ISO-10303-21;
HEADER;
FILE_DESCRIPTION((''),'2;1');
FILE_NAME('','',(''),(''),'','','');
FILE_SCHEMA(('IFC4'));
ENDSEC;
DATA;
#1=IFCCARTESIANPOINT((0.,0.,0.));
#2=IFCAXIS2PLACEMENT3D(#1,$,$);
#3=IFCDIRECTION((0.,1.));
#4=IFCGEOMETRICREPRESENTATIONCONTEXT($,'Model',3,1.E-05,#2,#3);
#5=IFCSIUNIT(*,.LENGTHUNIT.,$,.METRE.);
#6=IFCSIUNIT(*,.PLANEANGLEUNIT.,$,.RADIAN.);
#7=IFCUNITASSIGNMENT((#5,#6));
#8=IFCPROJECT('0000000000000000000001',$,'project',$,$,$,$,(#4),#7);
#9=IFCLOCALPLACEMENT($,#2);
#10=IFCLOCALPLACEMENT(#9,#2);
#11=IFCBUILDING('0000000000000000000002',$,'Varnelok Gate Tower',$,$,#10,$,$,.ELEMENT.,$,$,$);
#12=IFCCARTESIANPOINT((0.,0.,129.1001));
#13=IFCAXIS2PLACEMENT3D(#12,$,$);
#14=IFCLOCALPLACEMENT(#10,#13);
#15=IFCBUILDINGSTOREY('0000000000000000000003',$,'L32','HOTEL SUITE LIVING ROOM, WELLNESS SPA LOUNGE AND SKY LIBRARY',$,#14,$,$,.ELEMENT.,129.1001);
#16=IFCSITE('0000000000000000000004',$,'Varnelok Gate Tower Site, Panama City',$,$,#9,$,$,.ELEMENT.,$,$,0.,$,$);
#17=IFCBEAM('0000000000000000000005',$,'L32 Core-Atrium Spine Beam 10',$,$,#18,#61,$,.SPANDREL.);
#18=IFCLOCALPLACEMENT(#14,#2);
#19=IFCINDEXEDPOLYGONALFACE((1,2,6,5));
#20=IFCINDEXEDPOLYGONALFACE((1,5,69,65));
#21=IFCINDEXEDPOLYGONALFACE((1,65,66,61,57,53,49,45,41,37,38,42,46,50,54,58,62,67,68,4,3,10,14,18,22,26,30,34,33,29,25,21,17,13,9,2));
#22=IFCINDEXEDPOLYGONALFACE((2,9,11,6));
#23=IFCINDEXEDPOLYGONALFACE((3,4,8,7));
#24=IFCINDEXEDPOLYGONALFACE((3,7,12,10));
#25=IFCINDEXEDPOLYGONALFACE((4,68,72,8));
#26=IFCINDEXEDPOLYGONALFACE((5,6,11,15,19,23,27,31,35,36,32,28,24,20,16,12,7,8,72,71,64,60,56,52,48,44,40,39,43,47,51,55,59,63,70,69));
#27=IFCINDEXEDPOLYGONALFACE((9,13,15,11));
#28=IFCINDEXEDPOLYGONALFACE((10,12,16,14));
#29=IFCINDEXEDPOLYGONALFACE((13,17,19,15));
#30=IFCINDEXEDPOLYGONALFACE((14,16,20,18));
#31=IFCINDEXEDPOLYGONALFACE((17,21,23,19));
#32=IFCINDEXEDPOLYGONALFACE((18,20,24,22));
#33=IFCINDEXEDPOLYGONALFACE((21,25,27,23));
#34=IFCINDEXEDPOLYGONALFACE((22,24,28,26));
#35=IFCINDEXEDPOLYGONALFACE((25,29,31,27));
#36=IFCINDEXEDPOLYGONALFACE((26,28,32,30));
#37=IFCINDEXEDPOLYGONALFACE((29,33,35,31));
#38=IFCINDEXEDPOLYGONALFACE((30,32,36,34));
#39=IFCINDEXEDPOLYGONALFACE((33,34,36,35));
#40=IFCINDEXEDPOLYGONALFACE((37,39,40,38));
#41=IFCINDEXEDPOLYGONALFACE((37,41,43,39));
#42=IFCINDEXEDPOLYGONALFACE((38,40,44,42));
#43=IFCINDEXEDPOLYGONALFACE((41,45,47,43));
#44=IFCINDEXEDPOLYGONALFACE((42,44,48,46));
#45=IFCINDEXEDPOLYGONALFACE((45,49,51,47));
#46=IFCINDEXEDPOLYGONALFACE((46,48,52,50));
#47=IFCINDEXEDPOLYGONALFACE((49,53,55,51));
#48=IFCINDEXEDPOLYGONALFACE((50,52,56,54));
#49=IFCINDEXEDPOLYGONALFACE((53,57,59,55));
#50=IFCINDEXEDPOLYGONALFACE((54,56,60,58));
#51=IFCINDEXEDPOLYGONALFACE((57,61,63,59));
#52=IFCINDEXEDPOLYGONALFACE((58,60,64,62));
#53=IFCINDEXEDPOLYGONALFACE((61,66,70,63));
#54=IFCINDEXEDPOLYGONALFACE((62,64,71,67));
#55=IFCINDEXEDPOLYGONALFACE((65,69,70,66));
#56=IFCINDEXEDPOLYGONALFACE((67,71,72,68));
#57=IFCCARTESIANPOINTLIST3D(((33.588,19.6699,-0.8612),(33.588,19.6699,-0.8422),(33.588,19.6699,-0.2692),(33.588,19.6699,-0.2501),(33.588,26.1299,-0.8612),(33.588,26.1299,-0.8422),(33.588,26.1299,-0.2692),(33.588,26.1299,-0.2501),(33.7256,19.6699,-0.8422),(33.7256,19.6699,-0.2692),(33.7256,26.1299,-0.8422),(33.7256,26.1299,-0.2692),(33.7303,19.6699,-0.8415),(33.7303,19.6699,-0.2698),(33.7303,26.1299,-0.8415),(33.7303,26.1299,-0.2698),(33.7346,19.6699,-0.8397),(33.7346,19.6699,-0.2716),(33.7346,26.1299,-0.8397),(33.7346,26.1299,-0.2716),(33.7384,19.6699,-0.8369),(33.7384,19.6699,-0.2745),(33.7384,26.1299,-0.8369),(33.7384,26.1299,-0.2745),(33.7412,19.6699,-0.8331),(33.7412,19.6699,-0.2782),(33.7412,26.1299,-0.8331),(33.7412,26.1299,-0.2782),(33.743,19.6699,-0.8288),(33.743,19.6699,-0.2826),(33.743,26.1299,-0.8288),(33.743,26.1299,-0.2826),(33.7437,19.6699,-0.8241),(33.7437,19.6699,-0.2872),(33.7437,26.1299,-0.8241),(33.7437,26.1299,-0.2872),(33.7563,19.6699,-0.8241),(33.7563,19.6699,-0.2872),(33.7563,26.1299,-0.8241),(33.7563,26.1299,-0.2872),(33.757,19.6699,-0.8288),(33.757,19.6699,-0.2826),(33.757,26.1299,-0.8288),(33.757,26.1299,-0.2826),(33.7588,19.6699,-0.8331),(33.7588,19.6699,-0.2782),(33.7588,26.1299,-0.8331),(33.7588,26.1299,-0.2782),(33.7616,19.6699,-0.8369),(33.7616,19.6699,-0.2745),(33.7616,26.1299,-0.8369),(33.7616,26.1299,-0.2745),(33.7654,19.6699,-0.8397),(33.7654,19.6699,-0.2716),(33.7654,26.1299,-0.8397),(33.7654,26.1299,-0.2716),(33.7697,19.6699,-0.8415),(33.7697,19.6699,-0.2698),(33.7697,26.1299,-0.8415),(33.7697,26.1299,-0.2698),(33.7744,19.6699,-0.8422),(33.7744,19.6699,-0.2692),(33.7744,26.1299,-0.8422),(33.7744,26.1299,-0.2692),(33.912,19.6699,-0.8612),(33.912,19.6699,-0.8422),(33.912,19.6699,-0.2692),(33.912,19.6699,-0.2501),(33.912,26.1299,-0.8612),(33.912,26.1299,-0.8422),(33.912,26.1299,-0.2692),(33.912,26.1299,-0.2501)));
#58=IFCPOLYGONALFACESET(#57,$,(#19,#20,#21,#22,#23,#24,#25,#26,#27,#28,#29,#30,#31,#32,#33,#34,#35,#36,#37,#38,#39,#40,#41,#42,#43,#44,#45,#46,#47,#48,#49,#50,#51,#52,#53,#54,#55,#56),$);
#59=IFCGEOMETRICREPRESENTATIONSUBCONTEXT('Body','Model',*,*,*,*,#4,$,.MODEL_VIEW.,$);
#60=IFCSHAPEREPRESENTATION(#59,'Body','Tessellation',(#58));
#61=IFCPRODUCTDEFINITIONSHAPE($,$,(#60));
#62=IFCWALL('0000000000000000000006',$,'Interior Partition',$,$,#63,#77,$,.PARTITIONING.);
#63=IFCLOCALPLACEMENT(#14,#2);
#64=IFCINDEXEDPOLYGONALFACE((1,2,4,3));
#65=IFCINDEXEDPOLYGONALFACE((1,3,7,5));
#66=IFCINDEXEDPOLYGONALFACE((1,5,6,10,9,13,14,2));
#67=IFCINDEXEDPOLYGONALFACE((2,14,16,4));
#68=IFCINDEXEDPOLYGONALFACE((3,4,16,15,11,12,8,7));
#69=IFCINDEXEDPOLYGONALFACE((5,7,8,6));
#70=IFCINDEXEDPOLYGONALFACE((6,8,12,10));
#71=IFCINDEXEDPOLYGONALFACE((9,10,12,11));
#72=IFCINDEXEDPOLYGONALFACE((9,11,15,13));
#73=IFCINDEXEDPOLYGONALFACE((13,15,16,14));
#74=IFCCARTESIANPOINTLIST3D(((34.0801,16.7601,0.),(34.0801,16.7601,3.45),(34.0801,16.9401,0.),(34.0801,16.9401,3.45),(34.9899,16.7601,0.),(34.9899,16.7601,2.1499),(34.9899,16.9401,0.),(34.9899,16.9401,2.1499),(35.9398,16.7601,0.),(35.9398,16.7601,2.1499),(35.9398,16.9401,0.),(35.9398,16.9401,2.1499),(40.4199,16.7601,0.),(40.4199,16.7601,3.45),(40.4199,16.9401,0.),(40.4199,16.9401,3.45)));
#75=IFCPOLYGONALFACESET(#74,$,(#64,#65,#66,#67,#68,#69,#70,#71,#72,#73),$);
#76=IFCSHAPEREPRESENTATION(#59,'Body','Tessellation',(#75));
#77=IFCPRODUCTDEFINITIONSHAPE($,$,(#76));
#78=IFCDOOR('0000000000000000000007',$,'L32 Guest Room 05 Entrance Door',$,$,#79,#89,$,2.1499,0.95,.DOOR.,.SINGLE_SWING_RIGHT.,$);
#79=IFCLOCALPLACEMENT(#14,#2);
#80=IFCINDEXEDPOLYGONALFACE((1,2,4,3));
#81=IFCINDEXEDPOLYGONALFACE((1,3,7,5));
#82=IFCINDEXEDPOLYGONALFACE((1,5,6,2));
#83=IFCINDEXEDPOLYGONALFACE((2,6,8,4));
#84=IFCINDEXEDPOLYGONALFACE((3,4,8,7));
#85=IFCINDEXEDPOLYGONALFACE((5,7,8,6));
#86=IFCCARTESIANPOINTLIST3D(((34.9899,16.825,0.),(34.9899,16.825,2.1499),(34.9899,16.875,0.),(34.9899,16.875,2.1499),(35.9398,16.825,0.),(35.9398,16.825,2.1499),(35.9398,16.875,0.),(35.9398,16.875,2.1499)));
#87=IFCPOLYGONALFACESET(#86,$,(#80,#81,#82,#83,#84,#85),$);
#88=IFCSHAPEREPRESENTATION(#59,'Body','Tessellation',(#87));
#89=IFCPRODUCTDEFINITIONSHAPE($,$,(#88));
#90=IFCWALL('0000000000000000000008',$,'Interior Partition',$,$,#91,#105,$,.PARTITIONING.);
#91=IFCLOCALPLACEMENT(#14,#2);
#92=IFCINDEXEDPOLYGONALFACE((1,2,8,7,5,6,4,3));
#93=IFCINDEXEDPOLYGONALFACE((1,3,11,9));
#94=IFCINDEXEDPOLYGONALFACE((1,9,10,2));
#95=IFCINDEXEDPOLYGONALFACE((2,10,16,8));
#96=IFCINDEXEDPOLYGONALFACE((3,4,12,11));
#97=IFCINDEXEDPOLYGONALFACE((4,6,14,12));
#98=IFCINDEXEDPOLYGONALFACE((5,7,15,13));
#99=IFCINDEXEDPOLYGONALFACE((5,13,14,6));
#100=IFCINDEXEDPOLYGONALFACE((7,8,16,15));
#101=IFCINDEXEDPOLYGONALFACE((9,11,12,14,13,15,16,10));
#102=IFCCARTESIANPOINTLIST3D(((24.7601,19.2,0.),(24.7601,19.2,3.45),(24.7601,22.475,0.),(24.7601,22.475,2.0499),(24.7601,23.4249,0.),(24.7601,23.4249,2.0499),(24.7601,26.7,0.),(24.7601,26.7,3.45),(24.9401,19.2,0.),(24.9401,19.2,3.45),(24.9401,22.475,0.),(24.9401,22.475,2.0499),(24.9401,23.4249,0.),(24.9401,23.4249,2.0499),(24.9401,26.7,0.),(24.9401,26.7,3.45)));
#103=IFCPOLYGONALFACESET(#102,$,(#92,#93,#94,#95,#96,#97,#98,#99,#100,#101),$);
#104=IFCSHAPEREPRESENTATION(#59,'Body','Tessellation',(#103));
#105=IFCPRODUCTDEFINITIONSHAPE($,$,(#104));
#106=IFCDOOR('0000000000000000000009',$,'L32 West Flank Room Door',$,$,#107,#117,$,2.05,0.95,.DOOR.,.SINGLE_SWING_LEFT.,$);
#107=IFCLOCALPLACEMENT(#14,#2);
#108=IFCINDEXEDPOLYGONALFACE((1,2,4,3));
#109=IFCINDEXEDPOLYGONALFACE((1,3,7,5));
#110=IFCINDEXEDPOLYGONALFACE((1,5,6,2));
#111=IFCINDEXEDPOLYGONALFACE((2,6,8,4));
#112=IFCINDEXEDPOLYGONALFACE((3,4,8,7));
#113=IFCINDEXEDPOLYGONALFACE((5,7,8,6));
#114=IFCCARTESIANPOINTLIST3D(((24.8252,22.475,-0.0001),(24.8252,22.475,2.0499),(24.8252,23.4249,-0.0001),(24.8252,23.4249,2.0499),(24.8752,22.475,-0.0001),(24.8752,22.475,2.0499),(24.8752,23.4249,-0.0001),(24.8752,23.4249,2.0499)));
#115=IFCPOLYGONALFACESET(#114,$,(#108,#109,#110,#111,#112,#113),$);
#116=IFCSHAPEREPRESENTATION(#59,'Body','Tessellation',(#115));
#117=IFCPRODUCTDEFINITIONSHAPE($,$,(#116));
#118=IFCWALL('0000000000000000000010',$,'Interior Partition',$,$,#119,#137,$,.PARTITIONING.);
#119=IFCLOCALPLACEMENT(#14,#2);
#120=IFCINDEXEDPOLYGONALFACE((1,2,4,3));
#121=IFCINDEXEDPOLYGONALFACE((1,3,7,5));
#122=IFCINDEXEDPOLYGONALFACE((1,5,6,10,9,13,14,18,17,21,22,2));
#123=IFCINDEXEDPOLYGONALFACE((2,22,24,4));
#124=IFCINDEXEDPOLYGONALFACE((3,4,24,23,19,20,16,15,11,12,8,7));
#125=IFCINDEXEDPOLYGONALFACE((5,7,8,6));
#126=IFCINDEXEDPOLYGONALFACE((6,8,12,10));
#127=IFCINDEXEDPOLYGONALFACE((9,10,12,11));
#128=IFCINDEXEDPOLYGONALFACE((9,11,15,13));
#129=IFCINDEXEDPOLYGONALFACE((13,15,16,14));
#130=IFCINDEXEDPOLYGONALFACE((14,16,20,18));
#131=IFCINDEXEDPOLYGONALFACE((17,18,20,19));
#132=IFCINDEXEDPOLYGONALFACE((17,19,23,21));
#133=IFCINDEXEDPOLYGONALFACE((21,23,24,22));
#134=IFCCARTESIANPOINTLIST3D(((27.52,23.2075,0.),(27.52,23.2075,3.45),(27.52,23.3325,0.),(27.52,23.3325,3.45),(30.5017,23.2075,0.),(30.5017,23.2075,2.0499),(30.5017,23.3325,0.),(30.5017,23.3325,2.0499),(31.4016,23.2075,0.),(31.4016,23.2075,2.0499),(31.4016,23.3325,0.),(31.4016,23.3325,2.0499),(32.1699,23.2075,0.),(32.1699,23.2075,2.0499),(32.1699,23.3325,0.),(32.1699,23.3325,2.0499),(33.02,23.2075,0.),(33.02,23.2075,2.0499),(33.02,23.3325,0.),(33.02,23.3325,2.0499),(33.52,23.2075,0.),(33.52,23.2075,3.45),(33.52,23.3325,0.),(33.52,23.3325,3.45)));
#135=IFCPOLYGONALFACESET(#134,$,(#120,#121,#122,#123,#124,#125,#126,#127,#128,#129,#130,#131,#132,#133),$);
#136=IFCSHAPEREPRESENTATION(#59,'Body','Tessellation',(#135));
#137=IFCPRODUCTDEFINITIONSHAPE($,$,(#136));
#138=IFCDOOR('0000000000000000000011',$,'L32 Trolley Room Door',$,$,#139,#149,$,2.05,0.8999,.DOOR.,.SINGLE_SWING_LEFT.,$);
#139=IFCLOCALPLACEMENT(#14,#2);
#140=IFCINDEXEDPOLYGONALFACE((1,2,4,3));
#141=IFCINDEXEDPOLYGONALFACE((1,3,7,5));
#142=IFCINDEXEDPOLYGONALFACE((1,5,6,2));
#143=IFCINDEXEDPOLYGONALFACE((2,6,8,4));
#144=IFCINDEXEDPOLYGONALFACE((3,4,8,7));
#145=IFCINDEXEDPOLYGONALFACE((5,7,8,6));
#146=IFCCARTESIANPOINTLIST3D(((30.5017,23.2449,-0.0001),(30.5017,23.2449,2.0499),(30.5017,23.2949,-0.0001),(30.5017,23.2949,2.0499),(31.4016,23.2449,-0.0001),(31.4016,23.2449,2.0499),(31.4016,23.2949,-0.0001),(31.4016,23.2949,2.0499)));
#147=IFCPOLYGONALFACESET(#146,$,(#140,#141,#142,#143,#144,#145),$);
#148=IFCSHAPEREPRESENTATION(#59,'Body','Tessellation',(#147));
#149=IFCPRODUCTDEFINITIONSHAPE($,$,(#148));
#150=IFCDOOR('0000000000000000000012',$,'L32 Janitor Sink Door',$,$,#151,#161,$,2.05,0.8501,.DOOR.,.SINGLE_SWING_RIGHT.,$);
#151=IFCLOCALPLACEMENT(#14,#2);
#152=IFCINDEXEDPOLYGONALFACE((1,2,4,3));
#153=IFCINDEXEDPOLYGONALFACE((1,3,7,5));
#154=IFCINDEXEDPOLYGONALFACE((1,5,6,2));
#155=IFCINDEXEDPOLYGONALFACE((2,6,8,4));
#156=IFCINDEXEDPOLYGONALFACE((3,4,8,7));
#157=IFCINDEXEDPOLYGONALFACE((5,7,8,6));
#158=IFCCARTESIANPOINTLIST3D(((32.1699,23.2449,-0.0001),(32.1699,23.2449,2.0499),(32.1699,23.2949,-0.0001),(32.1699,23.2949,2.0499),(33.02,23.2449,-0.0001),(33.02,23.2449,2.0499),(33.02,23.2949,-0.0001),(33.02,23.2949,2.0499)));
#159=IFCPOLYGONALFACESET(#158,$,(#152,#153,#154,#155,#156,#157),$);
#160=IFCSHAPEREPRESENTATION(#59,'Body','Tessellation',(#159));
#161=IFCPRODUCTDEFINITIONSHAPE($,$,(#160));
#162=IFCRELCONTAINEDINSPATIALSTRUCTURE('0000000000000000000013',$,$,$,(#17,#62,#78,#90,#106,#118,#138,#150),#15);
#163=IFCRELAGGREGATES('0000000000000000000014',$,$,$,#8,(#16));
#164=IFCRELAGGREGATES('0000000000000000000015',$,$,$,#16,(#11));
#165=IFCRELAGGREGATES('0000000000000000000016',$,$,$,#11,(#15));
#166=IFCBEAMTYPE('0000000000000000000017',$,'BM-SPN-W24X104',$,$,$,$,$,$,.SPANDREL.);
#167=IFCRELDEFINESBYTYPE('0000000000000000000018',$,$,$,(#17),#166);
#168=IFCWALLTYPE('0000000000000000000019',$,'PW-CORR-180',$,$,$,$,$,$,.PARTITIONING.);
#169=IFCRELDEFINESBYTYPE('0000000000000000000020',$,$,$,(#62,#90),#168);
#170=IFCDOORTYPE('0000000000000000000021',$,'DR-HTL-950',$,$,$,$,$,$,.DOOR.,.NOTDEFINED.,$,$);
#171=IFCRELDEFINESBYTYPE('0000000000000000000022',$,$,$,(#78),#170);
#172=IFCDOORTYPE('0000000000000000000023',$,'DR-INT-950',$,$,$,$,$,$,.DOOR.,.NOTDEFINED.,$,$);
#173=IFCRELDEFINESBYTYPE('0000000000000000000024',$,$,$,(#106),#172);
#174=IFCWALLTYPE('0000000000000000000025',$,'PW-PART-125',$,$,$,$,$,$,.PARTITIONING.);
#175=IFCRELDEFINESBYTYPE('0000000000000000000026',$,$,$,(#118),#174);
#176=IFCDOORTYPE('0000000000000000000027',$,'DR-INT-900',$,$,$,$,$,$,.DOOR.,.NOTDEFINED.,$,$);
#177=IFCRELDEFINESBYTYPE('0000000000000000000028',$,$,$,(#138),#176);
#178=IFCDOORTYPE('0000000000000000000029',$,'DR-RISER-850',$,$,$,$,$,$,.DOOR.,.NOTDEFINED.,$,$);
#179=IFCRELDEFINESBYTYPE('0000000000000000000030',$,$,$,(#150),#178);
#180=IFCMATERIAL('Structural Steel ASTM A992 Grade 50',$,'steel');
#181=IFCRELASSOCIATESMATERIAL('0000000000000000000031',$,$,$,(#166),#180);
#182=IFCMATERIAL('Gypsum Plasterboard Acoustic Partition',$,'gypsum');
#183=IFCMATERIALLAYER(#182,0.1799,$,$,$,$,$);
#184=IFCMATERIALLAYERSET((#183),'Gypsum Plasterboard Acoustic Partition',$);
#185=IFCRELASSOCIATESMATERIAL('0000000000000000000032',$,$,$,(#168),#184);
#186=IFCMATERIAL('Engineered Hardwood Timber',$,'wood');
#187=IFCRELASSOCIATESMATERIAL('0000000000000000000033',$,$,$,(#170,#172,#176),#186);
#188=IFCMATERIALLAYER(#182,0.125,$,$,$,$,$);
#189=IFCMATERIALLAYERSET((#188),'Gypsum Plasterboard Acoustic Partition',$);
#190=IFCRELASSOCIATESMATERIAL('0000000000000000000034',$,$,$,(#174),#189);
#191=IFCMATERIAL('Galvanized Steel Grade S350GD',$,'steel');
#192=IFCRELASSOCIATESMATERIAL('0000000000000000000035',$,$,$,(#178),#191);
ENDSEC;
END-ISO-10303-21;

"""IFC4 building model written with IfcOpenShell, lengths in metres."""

from ifc_helpers import new_model, si_unit, direction, frame, frame_2d, origin, origin_2d, place, context, subcontext, project, spatial, rectangle, i_section, extrude, material, layer, layer_set, material_profile, profile_set, type_object, element, fill, save


model = new_model("IFC4")

# Units and contexts
model_context = context("Model", 3, precision=1e-05, world=origin(), true_north=direction((0.0, 1.0)))
body_context = subcontext(model_context, "Body", "Model", "MODEL_VIEW")
ifc_project = project(units=[si_unit("LENGTHUNIT", "METRE"), si_unit("PLANEANGLEUNIT", "RADIAN")], contexts=[model_context])

# Site, building, storey
site_placement = place(None, origin())
site = spatial("IfcSite", under=ifc_project, at=site_placement, Name="Varnelok Gate Tower Site, Panama City", CompositionType="ELEMENT", RefElevation=0.0)
building_placement = place(site_placement, origin())
building = spatial("IfcBuilding", under=site, at=building_placement, Name="Varnelok Gate Tower", CompositionType="ELEMENT")
storey_placement = place(building_placement, frame((0.0, 0.0, 129.1001)))
storey = spatial("IfcBuildingStorey", under=building, at=storey_placement, Name="L32", Description="HOTEL SUITE LIVING ROOM, WELLNESS SPA LOUNGE AND SKY LIBRARY", CompositionType="ELEMENT", Elevation=129.1001)

# Shared definitions
ifc_material_1 = material(Name="Structural Steel ASTM A992 Grade 50", Category="steel")

# Beam
ifc_material_profile_1 = material_profile(ifc_material_1, i_section(OverallWidth=0.324, OverallDepth=0.6111, WebThickness=0.0127, FlangeThickness=0.019, FilletRadius=0.0181, at=origin_2d()), Name="W24X104")
ifc_profile_set_1 = profile_set([ifc_material_profile_1], Name="Structural Steel ASTM A992 Grade 50")
beam_type_1 = type_object("IfcBeamType", Name="BM-SPN-W24X104", PredefinedType="SPANDREL", material=ifc_profile_set_1)
beam_1_placement = place(storey_placement, frame((33.75, 19.6699, -0.5557), z_axis=(0.0, 1.0, 0.0), x_axis=(-1.0, 0.0, 0.0)))
element("IfcBeam", 1, at=beam_1_placement, inside=storey, type_object=beam_type_1, Name="L32 Core-Atrium Spine Beam 10", PredefinedType="SPANDREL", context=body_context, shape_type="SweptSolid", body=[
    extrude(i_section(OverallWidth=0.324, OverallDepth=0.6111, WebThickness=0.0127, FlangeThickness=0.019, FilletRadius=0.0181, at=origin_2d()), origin(), (0.0, 0.0, 1.0), 6.46),
])

# Walls, openings, doors
ifc_material_2 = material(Name="Gypsum Plasterboard Acoustic Partition", Category="gypsum")
ifc_layer_1 = layer(ifc_material_2, 0.1799)
ifc_layer_set_1 = layer_set([ifc_layer_1], Name="Gypsum Plasterboard Acoustic Partition")
wall_type_1 = type_object("IfcWallType", Name="PW-CORR-180", PredefinedType="PARTITIONING", material=ifc_layer_set_1)
wall_1_placement = place(storey_placement, frame((34.0801, 16.8501, 0.0), z_axis=(0.0, 0.0, 1.0), x_axis=(1.0, 0.0, 0.0)))
wall_1 = element("IfcWall", 2, at=wall_1_placement, inside=storey, type_object=wall_type_1, Name="Interior Partition", PredefinedType="PARTITIONING", context=body_context, shape_type="SweptSolid", body=[
    extrude(rectangle(XDim=6.3398, YDim=0.1799, at=frame_2d((3.1699, 0.0))), origin(), (0.0, 0.0, 1.0), 3.45),
])
opening_1_placement = place(wall_1_placement, frame((0.9097, 0.0, 0.0)))
opening_1 = element("IfcOpeningElement", 3, at=opening_1_placement, cuts=wall_1, PredefinedType="OPENING", context=body_context, shape_type="SweptSolid", body=[
    extrude(rectangle(XDim=0.95, YDim=2.1499, at=frame_2d((0.4751, 1.075))), frame((0.0, 0.0999, 0.0), z_axis=(0.0, -1.0, 0.0), x_axis=(1.0, 0.0, 0.0)), (0.0, 0.0, 1.0), 0.2),
])
ifc_material_3 = material(Name="Engineered Hardwood Timber", Category="wood")
door_type_1 = type_object("IfcDoorType", Name="DR-HTL-950", OperationType="NOTDEFINED", PredefinedType="DOOR", material=ifc_material_3)
door_1_placement = place(opening_1_placement, origin())
door_1 = element("IfcDoor", 4, at=door_1_placement, inside=storey, type_object=door_type_1, Name="L32 Guest Room 05 Entrance Door", OperationType="SINGLE_SWING_RIGHT", OverallHeight=2.1499, OverallWidth=0.95, PredefinedType="DOOR", context=body_context, shape_type="SweptSolid", body=[
    extrude(rectangle(XDim=0.95, YDim=2.1499, at=frame_2d((0.4751, 1.075))), frame((0.0, 0.0249, 0.0), z_axis=(0.0, -1.0, 0.0), x_axis=(1.0, 0.0, 0.0)), (0.0, 0.0, 1.0), 0.05),
])
fill(opening_1, door_1)
wall_2_placement = place(storey_placement, frame((24.8501, 19.2, 0.0), z_axis=(0.0, 0.0, 1.0), x_axis=(0.0, 1.0, 0.0)))
wall_2 = element("IfcWall", 5, at=wall_2_placement, inside=storey, type_object=wall_type_1, Name="Interior Partition", PredefinedType="PARTITIONING", context=body_context, shape_type="SweptSolid", body=[
    extrude(rectangle(XDim=7.5, YDim=0.1799, at=frame_2d((3.75, 0.0))), origin(), (0.0, 0.0, 1.0), 3.45),
])
opening_2_placement = place(wall_2_placement, frame((3.2749, 0.0, 0.0)))
opening_2 = element("IfcOpeningElement", 6, at=opening_2_placement, cuts=wall_2, PredefinedType="OPENING", context=body_context, shape_type="SweptSolid", body=[
    extrude(rectangle(XDim=0.95, YDim=2.05, at=frame_2d((0.4751, 1.0249))), frame((0.0, 0.0999, 0.0), z_axis=(0.0, -1.0, 0.0), x_axis=(1.0, 0.0, 0.0)), (0.0, 0.0, 1.0), 0.2),
])
door_type_2 = type_object("IfcDoorType", Name="DR-INT-950", OperationType="NOTDEFINED", PredefinedType="DOOR", material=ifc_material_3)
door_2_placement = place(opening_2_placement, origin())
door_2 = element("IfcDoor", 7, at=door_2_placement, inside=storey, type_object=door_type_2, Name="L32 West Flank Room Door", OperationType="SINGLE_SWING_LEFT", OverallHeight=2.05, OverallWidth=0.95, PredefinedType="DOOR", context=body_context, shape_type="SweptSolid", body=[
    extrude(rectangle(XDim=0.95, YDim=2.05, at=frame_2d((0.4751, 1.0249))), frame((0.0, 0.0249, 0.0), z_axis=(0.0, -1.0, 0.0), x_axis=(1.0, 0.0, 0.0)), (0.0, 0.0, 1.0), 0.05),
])
fill(opening_2, door_2)

# Wall, openings, doors
ifc_layer_2 = layer(ifc_material_2, 0.125)
ifc_layer_set_2 = layer_set([ifc_layer_2], Name="Gypsum Plasterboard Acoustic Partition")
wall_type_2 = type_object("IfcWallType", Name="PW-PART-125", PredefinedType="PARTITIONING", material=ifc_layer_set_2)
wall_3_placement = place(storey_placement, frame((27.52, 23.27, 0.0), z_axis=(0.0, 0.0, 1.0), x_axis=(1.0, 0.0, 0.0)))
wall_3 = element("IfcWall", 8, at=wall_3_placement, inside=storey, type_object=wall_type_2, Name="Interior Partition", PredefinedType="PARTITIONING", context=body_context, shape_type="SweptSolid", body=[
    extrude(rectangle(XDim=6.0, YDim=0.125, at=frame_2d((3.0, 0.0))), origin(), (0.0, 0.0, 1.0), 3.45),
])
opening_3_placement = place(wall_3_placement, frame((2.9817, 0.0, 0.0)))
opening_3 = element("IfcOpeningElement", 9, at=opening_3_placement, cuts=wall_3, PredefinedType="OPENING", context=body_context, shape_type="SweptSolid", body=[
    extrude(rectangle(XDim=0.8999, YDim=2.05, at=frame_2d((0.45, 1.0249))), frame((0.0, 0.0725, 0.0), z_axis=(0.0, -1.0, 0.0), x_axis=(1.0, 0.0, 0.0)), (0.0, 0.0, 1.0), 0.145),
])
opening_4_placement = place(wall_3_placement, frame((4.6499, 0.0, 0.0)))
opening_4 = element("IfcOpeningElement", 10, at=opening_4_placement, cuts=wall_3, PredefinedType="OPENING", context=body_context, shape_type="SweptSolid", body=[
    extrude(rectangle(XDim=0.8501, YDim=2.05, at=frame_2d((0.425, 1.0249))), frame((0.0, 0.0725, 0.0), z_axis=(0.0, -1.0, 0.0), x_axis=(1.0, 0.0, 0.0)), (0.0, 0.0, 1.0), 0.145),
])
door_type_3 = type_object("IfcDoorType", Name="DR-INT-900", OperationType="NOTDEFINED", PredefinedType="DOOR", material=ifc_material_3)
door_3_placement = place(opening_3_placement, origin())
door_3 = element("IfcDoor", 11, at=door_3_placement, inside=storey, type_object=door_type_3, Name="L32 Trolley Room Door", OperationType="SINGLE_SWING_LEFT", OverallHeight=2.05, OverallWidth=0.8999, PredefinedType="DOOR", context=body_context, shape_type="SweptSolid", body=[
    extrude(rectangle(XDim=0.8999, YDim=2.05, at=frame_2d((0.45, 1.0249))), frame((0.0, 0.0249, 0.0), z_axis=(0.0, -1.0, 0.0), x_axis=(1.0, 0.0, 0.0)), (0.0, 0.0, 1.0), 0.05),
])
fill(opening_3, door_3)
ifc_material_4 = material(Name="Galvanized Steel Grade S350GD", Category="steel")
door_type_4 = type_object("IfcDoorType", Name="DR-RISER-850", OperationType="NOTDEFINED", PredefinedType="DOOR", material=ifc_material_4)
door_4_placement = place(opening_4_placement, origin())
door_4 = element("IfcDoor", 12, at=door_4_placement, inside=storey, type_object=door_type_4, Name="L32 Janitor Sink Door", OperationType="SINGLE_SWING_RIGHT", OverallHeight=2.05, OverallWidth=0.8501, PredefinedType="DOOR", context=body_context, shape_type="SweptSolid", body=[
    extrude(rectangle(XDim=0.8501, YDim=2.05, at=frame_2d((0.425, 1.0249))), frame((0.0, 0.0249, 0.0), z_axis=(0.0, -1.0, 0.0), x_axis=(1.0, 0.0, 0.0)), (0.0, 0.0, 1.0), 0.05),
])
fill(opening_4, door_4)

save(model, "model.ifc")
